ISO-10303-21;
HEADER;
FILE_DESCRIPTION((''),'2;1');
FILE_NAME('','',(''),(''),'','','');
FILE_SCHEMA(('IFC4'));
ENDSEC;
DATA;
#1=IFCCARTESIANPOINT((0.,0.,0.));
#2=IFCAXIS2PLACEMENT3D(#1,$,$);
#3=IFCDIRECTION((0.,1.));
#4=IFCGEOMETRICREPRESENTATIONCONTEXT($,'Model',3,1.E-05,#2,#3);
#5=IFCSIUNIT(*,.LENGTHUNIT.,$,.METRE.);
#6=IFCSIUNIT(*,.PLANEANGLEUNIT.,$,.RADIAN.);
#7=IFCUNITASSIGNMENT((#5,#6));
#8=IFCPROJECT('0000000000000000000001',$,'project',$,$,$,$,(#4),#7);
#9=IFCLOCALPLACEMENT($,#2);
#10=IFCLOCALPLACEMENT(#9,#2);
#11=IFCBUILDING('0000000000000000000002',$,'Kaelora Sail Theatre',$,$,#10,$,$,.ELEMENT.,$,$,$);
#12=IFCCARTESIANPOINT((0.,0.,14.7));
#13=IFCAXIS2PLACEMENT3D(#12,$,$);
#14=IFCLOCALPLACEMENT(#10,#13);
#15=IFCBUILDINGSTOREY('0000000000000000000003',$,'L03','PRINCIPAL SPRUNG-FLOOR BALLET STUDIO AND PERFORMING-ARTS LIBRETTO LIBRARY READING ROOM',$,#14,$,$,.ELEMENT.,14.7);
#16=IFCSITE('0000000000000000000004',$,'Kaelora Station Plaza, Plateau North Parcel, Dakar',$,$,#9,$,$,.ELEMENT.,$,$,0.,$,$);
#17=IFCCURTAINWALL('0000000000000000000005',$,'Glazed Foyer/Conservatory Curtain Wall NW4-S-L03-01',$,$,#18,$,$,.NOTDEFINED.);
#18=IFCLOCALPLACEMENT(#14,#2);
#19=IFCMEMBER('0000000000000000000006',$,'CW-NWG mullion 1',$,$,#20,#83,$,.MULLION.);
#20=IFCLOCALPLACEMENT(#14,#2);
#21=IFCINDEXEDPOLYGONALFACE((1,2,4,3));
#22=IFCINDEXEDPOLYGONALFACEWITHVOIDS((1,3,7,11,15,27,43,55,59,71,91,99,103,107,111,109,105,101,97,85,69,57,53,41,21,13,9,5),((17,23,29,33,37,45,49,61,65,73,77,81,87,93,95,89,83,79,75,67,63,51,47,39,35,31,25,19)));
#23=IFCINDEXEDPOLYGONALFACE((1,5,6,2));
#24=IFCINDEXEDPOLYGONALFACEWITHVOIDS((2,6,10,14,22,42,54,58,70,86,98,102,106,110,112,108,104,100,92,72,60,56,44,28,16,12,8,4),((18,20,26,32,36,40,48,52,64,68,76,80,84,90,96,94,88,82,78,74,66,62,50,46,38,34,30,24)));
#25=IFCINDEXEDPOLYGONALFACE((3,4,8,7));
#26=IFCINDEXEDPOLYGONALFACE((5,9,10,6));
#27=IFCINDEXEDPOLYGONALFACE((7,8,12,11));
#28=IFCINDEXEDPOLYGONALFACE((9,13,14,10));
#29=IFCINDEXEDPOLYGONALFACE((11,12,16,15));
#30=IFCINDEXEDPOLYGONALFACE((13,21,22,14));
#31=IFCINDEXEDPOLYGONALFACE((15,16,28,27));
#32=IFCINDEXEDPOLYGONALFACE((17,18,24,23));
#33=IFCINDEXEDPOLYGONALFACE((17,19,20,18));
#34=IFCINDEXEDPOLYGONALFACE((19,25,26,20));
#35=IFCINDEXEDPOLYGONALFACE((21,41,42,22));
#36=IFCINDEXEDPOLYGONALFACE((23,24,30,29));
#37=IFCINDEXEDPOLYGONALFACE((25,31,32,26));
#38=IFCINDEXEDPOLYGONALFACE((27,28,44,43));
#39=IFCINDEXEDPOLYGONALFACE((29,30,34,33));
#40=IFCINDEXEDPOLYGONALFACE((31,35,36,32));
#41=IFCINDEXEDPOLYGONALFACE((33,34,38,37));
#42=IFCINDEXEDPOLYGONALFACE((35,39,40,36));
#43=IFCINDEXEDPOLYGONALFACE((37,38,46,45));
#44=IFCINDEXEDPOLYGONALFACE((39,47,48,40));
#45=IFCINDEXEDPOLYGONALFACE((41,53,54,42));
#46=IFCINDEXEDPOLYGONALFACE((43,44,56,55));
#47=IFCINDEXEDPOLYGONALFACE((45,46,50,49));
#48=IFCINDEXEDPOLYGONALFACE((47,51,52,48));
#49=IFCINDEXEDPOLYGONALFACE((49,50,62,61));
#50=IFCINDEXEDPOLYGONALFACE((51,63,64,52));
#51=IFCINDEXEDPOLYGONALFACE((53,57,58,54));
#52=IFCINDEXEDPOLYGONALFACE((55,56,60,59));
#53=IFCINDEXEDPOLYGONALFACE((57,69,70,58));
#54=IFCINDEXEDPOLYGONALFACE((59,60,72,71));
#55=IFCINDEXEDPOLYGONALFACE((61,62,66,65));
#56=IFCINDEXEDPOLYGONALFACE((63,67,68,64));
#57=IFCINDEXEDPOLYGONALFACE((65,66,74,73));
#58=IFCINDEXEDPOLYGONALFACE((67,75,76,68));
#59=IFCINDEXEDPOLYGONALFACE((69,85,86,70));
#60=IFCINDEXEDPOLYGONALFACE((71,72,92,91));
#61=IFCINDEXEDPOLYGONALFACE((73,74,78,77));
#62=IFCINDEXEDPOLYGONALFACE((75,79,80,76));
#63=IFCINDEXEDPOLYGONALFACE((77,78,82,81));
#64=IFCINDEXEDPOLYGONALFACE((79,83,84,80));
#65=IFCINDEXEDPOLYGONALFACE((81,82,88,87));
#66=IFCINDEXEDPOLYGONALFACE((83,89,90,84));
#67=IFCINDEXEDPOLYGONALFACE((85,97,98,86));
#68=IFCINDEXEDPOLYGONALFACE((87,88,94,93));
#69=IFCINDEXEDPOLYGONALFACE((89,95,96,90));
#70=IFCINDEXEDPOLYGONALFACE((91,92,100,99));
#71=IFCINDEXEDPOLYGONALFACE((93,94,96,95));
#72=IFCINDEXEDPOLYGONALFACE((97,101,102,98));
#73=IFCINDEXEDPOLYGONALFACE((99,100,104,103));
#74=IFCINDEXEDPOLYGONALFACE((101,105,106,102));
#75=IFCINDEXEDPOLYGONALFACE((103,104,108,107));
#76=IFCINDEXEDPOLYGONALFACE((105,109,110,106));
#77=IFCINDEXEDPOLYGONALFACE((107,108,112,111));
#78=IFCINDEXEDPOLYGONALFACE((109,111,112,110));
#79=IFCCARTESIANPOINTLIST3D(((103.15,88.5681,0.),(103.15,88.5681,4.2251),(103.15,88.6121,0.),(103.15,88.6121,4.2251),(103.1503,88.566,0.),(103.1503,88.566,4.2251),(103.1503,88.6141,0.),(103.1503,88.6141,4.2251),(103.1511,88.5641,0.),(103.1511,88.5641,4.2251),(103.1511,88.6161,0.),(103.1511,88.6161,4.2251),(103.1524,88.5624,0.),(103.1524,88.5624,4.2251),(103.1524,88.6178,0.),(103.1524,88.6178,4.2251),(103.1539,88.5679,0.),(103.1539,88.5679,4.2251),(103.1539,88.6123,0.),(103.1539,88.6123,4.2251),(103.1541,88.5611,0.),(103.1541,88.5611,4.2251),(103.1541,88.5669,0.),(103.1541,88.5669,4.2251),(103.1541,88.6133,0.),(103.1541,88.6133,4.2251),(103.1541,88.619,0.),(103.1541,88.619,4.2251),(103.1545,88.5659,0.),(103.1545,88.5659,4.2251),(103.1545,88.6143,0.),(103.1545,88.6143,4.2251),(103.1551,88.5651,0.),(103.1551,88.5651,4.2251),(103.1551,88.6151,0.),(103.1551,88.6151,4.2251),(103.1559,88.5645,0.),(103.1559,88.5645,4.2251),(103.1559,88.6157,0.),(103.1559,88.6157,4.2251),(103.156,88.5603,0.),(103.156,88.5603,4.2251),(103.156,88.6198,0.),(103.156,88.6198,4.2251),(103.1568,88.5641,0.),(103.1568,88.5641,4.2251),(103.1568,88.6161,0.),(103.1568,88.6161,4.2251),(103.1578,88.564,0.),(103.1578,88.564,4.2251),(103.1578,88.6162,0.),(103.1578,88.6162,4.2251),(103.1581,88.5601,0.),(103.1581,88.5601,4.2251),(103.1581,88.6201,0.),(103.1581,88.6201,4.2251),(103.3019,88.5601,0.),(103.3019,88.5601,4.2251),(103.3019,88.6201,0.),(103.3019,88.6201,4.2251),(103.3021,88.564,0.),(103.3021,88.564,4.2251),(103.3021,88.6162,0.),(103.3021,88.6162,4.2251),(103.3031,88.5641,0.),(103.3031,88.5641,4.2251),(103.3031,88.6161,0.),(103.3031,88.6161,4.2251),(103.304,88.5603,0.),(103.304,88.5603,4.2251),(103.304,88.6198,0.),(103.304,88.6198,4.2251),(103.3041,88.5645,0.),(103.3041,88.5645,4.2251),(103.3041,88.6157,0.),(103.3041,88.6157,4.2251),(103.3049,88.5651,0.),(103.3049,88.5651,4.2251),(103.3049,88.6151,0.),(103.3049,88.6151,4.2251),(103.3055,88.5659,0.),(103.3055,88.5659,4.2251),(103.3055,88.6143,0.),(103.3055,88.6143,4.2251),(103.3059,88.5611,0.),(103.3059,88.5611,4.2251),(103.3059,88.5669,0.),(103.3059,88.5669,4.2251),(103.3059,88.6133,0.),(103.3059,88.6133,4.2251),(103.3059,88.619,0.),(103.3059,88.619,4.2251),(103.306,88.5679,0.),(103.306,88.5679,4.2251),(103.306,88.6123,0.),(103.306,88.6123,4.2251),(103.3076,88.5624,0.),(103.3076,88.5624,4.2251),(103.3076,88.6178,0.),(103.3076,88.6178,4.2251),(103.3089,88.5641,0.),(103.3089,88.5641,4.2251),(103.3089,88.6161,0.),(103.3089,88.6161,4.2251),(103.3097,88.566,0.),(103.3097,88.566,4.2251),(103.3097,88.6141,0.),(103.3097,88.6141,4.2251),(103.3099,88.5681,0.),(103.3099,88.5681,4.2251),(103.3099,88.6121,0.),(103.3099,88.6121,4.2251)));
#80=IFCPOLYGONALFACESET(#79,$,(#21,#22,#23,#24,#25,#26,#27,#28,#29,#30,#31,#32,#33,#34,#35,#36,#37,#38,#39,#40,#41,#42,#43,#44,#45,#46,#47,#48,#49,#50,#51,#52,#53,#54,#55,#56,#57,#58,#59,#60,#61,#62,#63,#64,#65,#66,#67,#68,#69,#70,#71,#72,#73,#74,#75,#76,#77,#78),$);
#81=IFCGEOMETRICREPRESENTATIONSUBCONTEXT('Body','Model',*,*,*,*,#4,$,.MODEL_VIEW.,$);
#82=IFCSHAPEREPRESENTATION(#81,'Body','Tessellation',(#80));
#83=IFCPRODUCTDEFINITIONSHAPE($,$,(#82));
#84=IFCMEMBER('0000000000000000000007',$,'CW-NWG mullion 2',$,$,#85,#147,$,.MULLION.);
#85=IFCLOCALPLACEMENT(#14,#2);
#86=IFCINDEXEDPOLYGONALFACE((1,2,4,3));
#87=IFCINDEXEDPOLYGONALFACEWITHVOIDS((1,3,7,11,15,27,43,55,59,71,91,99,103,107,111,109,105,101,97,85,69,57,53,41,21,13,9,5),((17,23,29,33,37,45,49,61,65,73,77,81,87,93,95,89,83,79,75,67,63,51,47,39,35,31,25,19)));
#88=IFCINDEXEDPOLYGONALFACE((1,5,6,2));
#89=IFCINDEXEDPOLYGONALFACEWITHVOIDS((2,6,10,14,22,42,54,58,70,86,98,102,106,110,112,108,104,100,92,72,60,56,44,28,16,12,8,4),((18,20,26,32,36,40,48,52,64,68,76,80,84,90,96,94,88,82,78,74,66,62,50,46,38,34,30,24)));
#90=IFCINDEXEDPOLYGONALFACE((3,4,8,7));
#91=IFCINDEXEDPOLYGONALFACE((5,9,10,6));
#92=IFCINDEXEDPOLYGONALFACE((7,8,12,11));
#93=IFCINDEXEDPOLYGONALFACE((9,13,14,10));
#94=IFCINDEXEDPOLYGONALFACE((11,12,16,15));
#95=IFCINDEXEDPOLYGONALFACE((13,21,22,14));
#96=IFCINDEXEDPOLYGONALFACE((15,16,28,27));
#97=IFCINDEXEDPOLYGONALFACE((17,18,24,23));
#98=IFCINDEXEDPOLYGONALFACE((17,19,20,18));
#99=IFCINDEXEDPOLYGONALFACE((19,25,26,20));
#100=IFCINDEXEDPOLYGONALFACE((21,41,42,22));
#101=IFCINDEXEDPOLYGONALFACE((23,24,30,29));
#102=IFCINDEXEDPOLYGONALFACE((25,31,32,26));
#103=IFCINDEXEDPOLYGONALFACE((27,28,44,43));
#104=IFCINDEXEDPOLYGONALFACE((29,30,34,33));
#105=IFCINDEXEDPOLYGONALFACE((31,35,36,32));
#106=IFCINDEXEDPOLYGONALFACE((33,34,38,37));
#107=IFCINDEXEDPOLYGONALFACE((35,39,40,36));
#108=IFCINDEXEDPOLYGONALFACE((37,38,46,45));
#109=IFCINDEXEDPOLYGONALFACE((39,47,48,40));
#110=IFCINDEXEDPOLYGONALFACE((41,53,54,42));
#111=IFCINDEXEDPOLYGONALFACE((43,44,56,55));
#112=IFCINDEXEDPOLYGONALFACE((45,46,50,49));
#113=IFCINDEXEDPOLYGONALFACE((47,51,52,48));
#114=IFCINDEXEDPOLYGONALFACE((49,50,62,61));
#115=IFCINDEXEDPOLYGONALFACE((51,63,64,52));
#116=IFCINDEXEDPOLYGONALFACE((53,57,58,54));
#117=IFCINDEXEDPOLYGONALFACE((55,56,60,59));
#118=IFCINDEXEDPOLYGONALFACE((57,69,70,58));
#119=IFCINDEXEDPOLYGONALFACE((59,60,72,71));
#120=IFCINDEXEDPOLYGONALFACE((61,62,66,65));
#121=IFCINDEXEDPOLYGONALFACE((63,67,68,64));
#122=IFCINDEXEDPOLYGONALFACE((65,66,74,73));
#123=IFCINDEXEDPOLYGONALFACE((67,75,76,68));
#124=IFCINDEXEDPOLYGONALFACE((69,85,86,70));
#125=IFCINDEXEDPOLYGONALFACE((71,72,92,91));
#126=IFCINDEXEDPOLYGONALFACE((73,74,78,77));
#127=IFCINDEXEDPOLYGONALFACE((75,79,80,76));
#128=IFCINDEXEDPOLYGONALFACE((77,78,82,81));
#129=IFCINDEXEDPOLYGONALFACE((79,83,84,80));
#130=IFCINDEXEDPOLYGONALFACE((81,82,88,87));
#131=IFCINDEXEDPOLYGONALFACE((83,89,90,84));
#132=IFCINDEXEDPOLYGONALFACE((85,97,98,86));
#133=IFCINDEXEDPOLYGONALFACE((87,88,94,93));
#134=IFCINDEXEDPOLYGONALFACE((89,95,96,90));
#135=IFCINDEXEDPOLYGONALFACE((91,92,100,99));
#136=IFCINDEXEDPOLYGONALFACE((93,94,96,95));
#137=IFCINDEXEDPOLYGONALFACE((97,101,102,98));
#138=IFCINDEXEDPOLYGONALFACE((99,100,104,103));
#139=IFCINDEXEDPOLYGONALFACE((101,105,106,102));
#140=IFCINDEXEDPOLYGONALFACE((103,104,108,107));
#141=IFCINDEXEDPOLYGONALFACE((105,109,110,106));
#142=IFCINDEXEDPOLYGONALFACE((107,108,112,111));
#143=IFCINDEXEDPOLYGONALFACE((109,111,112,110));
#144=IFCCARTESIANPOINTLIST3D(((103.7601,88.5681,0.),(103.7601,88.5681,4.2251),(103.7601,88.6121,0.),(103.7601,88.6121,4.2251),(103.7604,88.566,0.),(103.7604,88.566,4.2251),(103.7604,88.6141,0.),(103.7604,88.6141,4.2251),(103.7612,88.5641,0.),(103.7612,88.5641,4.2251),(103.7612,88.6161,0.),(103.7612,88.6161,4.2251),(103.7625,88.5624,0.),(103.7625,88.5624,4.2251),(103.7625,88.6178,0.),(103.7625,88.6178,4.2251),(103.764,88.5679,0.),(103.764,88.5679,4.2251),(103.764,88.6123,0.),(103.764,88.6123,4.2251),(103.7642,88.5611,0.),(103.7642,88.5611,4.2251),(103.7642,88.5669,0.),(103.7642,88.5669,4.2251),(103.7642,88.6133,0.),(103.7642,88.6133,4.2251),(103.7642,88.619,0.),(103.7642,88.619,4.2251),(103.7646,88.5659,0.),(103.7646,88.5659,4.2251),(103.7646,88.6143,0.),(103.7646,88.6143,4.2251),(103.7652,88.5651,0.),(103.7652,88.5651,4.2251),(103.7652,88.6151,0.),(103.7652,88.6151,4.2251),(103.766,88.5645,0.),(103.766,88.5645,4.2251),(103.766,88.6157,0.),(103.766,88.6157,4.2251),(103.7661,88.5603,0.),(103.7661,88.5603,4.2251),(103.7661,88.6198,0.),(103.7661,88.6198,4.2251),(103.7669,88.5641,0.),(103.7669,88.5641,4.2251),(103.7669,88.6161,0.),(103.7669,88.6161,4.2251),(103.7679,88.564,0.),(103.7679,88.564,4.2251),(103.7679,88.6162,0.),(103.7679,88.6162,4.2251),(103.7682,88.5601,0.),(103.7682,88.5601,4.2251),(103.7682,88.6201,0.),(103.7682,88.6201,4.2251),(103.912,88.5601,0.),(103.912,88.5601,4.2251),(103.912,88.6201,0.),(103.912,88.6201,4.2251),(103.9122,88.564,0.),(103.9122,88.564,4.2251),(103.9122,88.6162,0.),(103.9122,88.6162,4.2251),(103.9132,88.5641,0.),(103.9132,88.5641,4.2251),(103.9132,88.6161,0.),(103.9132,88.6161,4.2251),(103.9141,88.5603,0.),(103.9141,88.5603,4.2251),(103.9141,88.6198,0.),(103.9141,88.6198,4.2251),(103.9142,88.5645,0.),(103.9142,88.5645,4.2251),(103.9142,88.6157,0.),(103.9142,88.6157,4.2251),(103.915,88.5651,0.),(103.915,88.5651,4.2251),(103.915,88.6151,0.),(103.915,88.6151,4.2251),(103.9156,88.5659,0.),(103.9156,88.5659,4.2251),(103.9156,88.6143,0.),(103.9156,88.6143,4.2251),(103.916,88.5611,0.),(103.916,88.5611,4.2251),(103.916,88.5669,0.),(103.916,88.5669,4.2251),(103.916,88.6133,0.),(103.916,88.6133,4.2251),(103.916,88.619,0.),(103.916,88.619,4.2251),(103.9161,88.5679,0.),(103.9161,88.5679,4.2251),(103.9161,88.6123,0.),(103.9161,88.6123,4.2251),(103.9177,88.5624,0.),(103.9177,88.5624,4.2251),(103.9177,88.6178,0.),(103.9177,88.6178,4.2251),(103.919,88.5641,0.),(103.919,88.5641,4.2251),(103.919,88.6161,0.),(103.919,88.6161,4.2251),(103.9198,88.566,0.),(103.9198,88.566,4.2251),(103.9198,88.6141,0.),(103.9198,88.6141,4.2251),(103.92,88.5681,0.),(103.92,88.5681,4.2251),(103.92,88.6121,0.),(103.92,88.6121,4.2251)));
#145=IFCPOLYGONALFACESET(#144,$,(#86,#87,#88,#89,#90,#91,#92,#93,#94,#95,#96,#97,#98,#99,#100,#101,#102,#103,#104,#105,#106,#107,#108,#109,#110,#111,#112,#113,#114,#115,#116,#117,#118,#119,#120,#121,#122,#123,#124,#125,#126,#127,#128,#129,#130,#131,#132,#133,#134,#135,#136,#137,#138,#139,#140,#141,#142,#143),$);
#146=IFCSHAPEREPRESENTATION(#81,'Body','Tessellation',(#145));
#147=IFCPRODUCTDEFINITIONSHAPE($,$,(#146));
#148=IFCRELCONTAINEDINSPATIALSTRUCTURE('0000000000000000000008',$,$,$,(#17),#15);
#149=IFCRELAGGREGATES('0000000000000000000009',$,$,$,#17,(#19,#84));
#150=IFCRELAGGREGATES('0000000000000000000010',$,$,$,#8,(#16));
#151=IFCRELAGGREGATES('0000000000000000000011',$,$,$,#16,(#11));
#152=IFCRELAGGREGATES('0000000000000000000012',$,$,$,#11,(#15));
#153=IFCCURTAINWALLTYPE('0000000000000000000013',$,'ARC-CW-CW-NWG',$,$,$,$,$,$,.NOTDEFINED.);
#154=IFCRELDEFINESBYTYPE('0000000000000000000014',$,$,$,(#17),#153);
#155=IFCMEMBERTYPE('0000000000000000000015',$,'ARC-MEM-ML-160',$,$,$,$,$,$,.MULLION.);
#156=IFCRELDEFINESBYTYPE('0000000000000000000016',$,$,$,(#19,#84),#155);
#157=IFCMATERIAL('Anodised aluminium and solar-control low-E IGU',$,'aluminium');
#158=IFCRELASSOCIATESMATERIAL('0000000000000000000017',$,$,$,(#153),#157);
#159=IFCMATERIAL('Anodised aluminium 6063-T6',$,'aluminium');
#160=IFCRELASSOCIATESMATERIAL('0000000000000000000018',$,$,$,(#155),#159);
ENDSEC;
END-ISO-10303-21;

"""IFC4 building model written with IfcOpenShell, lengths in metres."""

from ifc_helpers import new_model, si_unit, direction, frame, origin, origin_2d, place, context, subcontext, project, spatial, hollow_rectangle, extrude, material, material_profile, profile_set, type_object, element, aggregate, save


model = new_model("IFC4")

# Units and contexts
model_context = context("Model", 3, precision=1e-05, world=origin(), true_north=direction((0.0, 1.0)))
body_context = subcontext(model_context, "Body", "Model", "MODEL_VIEW")
ifc_project = project(units=[si_unit("LENGTHUNIT", "METRE"), si_unit("PLANEANGLEUNIT", "RADIAN")], contexts=[model_context])

# Site, building, storey
site_placement = place(None, origin())
site = spatial("IfcSite", under=ifc_project, at=site_placement, Name="Kaelora Station Plaza, Plateau North Parcel, Dakar", CompositionType="ELEMENT", RefElevation=0.0)
building_placement = place(site_placement, origin())
building = spatial("IfcBuilding", under=site, at=building_placement, Name="Kaelora Sail Theatre", CompositionType="ELEMENT")
storey_placement = place(building_placement, frame((0.0, 0.0, 14.7)))
storey = spatial("IfcBuildingStorey", under=building, at=storey_placement, Name="L03", Description="PRINCIPAL SPRUNG-FLOOR BALLET STUDIO AND PERFORMING-ARTS LIBRETTO LIBRARY READING ROOM", CompositionType="ELEMENT", Elevation=14.7)

# Curtain wall, members
ifc_material_1 = material(Name="Anodised aluminium and solar-control low-E IGU", Category="aluminium")
curtain_wall_type_1 = type_object("IfcCurtainWallType", Name="ARC-CW-CW-NWG", PredefinedType="NOTDEFINED", material=ifc_material_1)
curtain_wall_1_placement = place(storey_placement, origin())
curtain_wall_1 = element("IfcCurtainWall", 1, at=curtain_wall_1_placement, inside=storey, type_object=curtain_wall_type_1, Name="Glazed Foyer/Conservatory Curtain Wall NW4-S-L03-01", PredefinedType="NOTDEFINED")
ifc_material_2 = material(Name="Anodised aluminium 6063-T6", Category="aluminium")
ifc_material_profile_1 = material_profile(ifc_material_2, hollow_rectangle(XDim=0.0601, YDim=0.1599, WallThickness=0.0039, InnerFilletRadius=0.0039, OuterFilletRadius=0.0081, at=origin_2d()), Name="ALU-MULL 60x160x4")
ifc_profile_set_1 = profile_set([ifc_material_profile_1], Name="Anodised aluminium 6063-T6")
member_type_1 = type_object("IfcMemberType", Name="ARC-MEM-ML-160", PredefinedType="MULLION", material=ifc_profile_set_1)
member_1_placement = place(storey_placement, frame((103.23, 88.5901, 0.0), z_axis=(0.0, 0.0, 1.0), x_axis=(0.0, 1.0, 0.0)))
member_1 = element("IfcMember", 2, at=member_1_placement, type_object=member_type_1, Name="CW-NWG mullion 1", PredefinedType="MULLION", context=body_context, shape_type="SweptSolid", body=[
    extrude(hollow_rectangle(XDim=0.0601, YDim=0.1599, WallThickness=0.0039, InnerFilletRadius=0.0039, OuterFilletRadius=0.0081, at=origin_2d()), origin(), (0.0, 0.0, 1.0), 4.2251),
])
member_2_placement = place(storey_placement, frame((103.8401, 88.5901, 0.0), z_axis=(0.0, 0.0, 1.0), x_axis=(0.0, 1.0, 0.0)))
member_2 = element("IfcMember", 3, at=member_2_placement, type_object=member_type_1, Name="CW-NWG mullion 2", PredefinedType="MULLION", context=body_context, shape_type="SweptSolid", body=[
    extrude(hollow_rectangle(XDim=0.0601, YDim=0.1599, WallThickness=0.0039, InnerFilletRadius=0.0039, OuterFilletRadius=0.0081, at=origin_2d()), origin(), (0.0, 0.0, 1.0), 4.2251),
])

aggregate(curtain_wall_1, [member_1, member_2])

save(model, "model.ifc")
